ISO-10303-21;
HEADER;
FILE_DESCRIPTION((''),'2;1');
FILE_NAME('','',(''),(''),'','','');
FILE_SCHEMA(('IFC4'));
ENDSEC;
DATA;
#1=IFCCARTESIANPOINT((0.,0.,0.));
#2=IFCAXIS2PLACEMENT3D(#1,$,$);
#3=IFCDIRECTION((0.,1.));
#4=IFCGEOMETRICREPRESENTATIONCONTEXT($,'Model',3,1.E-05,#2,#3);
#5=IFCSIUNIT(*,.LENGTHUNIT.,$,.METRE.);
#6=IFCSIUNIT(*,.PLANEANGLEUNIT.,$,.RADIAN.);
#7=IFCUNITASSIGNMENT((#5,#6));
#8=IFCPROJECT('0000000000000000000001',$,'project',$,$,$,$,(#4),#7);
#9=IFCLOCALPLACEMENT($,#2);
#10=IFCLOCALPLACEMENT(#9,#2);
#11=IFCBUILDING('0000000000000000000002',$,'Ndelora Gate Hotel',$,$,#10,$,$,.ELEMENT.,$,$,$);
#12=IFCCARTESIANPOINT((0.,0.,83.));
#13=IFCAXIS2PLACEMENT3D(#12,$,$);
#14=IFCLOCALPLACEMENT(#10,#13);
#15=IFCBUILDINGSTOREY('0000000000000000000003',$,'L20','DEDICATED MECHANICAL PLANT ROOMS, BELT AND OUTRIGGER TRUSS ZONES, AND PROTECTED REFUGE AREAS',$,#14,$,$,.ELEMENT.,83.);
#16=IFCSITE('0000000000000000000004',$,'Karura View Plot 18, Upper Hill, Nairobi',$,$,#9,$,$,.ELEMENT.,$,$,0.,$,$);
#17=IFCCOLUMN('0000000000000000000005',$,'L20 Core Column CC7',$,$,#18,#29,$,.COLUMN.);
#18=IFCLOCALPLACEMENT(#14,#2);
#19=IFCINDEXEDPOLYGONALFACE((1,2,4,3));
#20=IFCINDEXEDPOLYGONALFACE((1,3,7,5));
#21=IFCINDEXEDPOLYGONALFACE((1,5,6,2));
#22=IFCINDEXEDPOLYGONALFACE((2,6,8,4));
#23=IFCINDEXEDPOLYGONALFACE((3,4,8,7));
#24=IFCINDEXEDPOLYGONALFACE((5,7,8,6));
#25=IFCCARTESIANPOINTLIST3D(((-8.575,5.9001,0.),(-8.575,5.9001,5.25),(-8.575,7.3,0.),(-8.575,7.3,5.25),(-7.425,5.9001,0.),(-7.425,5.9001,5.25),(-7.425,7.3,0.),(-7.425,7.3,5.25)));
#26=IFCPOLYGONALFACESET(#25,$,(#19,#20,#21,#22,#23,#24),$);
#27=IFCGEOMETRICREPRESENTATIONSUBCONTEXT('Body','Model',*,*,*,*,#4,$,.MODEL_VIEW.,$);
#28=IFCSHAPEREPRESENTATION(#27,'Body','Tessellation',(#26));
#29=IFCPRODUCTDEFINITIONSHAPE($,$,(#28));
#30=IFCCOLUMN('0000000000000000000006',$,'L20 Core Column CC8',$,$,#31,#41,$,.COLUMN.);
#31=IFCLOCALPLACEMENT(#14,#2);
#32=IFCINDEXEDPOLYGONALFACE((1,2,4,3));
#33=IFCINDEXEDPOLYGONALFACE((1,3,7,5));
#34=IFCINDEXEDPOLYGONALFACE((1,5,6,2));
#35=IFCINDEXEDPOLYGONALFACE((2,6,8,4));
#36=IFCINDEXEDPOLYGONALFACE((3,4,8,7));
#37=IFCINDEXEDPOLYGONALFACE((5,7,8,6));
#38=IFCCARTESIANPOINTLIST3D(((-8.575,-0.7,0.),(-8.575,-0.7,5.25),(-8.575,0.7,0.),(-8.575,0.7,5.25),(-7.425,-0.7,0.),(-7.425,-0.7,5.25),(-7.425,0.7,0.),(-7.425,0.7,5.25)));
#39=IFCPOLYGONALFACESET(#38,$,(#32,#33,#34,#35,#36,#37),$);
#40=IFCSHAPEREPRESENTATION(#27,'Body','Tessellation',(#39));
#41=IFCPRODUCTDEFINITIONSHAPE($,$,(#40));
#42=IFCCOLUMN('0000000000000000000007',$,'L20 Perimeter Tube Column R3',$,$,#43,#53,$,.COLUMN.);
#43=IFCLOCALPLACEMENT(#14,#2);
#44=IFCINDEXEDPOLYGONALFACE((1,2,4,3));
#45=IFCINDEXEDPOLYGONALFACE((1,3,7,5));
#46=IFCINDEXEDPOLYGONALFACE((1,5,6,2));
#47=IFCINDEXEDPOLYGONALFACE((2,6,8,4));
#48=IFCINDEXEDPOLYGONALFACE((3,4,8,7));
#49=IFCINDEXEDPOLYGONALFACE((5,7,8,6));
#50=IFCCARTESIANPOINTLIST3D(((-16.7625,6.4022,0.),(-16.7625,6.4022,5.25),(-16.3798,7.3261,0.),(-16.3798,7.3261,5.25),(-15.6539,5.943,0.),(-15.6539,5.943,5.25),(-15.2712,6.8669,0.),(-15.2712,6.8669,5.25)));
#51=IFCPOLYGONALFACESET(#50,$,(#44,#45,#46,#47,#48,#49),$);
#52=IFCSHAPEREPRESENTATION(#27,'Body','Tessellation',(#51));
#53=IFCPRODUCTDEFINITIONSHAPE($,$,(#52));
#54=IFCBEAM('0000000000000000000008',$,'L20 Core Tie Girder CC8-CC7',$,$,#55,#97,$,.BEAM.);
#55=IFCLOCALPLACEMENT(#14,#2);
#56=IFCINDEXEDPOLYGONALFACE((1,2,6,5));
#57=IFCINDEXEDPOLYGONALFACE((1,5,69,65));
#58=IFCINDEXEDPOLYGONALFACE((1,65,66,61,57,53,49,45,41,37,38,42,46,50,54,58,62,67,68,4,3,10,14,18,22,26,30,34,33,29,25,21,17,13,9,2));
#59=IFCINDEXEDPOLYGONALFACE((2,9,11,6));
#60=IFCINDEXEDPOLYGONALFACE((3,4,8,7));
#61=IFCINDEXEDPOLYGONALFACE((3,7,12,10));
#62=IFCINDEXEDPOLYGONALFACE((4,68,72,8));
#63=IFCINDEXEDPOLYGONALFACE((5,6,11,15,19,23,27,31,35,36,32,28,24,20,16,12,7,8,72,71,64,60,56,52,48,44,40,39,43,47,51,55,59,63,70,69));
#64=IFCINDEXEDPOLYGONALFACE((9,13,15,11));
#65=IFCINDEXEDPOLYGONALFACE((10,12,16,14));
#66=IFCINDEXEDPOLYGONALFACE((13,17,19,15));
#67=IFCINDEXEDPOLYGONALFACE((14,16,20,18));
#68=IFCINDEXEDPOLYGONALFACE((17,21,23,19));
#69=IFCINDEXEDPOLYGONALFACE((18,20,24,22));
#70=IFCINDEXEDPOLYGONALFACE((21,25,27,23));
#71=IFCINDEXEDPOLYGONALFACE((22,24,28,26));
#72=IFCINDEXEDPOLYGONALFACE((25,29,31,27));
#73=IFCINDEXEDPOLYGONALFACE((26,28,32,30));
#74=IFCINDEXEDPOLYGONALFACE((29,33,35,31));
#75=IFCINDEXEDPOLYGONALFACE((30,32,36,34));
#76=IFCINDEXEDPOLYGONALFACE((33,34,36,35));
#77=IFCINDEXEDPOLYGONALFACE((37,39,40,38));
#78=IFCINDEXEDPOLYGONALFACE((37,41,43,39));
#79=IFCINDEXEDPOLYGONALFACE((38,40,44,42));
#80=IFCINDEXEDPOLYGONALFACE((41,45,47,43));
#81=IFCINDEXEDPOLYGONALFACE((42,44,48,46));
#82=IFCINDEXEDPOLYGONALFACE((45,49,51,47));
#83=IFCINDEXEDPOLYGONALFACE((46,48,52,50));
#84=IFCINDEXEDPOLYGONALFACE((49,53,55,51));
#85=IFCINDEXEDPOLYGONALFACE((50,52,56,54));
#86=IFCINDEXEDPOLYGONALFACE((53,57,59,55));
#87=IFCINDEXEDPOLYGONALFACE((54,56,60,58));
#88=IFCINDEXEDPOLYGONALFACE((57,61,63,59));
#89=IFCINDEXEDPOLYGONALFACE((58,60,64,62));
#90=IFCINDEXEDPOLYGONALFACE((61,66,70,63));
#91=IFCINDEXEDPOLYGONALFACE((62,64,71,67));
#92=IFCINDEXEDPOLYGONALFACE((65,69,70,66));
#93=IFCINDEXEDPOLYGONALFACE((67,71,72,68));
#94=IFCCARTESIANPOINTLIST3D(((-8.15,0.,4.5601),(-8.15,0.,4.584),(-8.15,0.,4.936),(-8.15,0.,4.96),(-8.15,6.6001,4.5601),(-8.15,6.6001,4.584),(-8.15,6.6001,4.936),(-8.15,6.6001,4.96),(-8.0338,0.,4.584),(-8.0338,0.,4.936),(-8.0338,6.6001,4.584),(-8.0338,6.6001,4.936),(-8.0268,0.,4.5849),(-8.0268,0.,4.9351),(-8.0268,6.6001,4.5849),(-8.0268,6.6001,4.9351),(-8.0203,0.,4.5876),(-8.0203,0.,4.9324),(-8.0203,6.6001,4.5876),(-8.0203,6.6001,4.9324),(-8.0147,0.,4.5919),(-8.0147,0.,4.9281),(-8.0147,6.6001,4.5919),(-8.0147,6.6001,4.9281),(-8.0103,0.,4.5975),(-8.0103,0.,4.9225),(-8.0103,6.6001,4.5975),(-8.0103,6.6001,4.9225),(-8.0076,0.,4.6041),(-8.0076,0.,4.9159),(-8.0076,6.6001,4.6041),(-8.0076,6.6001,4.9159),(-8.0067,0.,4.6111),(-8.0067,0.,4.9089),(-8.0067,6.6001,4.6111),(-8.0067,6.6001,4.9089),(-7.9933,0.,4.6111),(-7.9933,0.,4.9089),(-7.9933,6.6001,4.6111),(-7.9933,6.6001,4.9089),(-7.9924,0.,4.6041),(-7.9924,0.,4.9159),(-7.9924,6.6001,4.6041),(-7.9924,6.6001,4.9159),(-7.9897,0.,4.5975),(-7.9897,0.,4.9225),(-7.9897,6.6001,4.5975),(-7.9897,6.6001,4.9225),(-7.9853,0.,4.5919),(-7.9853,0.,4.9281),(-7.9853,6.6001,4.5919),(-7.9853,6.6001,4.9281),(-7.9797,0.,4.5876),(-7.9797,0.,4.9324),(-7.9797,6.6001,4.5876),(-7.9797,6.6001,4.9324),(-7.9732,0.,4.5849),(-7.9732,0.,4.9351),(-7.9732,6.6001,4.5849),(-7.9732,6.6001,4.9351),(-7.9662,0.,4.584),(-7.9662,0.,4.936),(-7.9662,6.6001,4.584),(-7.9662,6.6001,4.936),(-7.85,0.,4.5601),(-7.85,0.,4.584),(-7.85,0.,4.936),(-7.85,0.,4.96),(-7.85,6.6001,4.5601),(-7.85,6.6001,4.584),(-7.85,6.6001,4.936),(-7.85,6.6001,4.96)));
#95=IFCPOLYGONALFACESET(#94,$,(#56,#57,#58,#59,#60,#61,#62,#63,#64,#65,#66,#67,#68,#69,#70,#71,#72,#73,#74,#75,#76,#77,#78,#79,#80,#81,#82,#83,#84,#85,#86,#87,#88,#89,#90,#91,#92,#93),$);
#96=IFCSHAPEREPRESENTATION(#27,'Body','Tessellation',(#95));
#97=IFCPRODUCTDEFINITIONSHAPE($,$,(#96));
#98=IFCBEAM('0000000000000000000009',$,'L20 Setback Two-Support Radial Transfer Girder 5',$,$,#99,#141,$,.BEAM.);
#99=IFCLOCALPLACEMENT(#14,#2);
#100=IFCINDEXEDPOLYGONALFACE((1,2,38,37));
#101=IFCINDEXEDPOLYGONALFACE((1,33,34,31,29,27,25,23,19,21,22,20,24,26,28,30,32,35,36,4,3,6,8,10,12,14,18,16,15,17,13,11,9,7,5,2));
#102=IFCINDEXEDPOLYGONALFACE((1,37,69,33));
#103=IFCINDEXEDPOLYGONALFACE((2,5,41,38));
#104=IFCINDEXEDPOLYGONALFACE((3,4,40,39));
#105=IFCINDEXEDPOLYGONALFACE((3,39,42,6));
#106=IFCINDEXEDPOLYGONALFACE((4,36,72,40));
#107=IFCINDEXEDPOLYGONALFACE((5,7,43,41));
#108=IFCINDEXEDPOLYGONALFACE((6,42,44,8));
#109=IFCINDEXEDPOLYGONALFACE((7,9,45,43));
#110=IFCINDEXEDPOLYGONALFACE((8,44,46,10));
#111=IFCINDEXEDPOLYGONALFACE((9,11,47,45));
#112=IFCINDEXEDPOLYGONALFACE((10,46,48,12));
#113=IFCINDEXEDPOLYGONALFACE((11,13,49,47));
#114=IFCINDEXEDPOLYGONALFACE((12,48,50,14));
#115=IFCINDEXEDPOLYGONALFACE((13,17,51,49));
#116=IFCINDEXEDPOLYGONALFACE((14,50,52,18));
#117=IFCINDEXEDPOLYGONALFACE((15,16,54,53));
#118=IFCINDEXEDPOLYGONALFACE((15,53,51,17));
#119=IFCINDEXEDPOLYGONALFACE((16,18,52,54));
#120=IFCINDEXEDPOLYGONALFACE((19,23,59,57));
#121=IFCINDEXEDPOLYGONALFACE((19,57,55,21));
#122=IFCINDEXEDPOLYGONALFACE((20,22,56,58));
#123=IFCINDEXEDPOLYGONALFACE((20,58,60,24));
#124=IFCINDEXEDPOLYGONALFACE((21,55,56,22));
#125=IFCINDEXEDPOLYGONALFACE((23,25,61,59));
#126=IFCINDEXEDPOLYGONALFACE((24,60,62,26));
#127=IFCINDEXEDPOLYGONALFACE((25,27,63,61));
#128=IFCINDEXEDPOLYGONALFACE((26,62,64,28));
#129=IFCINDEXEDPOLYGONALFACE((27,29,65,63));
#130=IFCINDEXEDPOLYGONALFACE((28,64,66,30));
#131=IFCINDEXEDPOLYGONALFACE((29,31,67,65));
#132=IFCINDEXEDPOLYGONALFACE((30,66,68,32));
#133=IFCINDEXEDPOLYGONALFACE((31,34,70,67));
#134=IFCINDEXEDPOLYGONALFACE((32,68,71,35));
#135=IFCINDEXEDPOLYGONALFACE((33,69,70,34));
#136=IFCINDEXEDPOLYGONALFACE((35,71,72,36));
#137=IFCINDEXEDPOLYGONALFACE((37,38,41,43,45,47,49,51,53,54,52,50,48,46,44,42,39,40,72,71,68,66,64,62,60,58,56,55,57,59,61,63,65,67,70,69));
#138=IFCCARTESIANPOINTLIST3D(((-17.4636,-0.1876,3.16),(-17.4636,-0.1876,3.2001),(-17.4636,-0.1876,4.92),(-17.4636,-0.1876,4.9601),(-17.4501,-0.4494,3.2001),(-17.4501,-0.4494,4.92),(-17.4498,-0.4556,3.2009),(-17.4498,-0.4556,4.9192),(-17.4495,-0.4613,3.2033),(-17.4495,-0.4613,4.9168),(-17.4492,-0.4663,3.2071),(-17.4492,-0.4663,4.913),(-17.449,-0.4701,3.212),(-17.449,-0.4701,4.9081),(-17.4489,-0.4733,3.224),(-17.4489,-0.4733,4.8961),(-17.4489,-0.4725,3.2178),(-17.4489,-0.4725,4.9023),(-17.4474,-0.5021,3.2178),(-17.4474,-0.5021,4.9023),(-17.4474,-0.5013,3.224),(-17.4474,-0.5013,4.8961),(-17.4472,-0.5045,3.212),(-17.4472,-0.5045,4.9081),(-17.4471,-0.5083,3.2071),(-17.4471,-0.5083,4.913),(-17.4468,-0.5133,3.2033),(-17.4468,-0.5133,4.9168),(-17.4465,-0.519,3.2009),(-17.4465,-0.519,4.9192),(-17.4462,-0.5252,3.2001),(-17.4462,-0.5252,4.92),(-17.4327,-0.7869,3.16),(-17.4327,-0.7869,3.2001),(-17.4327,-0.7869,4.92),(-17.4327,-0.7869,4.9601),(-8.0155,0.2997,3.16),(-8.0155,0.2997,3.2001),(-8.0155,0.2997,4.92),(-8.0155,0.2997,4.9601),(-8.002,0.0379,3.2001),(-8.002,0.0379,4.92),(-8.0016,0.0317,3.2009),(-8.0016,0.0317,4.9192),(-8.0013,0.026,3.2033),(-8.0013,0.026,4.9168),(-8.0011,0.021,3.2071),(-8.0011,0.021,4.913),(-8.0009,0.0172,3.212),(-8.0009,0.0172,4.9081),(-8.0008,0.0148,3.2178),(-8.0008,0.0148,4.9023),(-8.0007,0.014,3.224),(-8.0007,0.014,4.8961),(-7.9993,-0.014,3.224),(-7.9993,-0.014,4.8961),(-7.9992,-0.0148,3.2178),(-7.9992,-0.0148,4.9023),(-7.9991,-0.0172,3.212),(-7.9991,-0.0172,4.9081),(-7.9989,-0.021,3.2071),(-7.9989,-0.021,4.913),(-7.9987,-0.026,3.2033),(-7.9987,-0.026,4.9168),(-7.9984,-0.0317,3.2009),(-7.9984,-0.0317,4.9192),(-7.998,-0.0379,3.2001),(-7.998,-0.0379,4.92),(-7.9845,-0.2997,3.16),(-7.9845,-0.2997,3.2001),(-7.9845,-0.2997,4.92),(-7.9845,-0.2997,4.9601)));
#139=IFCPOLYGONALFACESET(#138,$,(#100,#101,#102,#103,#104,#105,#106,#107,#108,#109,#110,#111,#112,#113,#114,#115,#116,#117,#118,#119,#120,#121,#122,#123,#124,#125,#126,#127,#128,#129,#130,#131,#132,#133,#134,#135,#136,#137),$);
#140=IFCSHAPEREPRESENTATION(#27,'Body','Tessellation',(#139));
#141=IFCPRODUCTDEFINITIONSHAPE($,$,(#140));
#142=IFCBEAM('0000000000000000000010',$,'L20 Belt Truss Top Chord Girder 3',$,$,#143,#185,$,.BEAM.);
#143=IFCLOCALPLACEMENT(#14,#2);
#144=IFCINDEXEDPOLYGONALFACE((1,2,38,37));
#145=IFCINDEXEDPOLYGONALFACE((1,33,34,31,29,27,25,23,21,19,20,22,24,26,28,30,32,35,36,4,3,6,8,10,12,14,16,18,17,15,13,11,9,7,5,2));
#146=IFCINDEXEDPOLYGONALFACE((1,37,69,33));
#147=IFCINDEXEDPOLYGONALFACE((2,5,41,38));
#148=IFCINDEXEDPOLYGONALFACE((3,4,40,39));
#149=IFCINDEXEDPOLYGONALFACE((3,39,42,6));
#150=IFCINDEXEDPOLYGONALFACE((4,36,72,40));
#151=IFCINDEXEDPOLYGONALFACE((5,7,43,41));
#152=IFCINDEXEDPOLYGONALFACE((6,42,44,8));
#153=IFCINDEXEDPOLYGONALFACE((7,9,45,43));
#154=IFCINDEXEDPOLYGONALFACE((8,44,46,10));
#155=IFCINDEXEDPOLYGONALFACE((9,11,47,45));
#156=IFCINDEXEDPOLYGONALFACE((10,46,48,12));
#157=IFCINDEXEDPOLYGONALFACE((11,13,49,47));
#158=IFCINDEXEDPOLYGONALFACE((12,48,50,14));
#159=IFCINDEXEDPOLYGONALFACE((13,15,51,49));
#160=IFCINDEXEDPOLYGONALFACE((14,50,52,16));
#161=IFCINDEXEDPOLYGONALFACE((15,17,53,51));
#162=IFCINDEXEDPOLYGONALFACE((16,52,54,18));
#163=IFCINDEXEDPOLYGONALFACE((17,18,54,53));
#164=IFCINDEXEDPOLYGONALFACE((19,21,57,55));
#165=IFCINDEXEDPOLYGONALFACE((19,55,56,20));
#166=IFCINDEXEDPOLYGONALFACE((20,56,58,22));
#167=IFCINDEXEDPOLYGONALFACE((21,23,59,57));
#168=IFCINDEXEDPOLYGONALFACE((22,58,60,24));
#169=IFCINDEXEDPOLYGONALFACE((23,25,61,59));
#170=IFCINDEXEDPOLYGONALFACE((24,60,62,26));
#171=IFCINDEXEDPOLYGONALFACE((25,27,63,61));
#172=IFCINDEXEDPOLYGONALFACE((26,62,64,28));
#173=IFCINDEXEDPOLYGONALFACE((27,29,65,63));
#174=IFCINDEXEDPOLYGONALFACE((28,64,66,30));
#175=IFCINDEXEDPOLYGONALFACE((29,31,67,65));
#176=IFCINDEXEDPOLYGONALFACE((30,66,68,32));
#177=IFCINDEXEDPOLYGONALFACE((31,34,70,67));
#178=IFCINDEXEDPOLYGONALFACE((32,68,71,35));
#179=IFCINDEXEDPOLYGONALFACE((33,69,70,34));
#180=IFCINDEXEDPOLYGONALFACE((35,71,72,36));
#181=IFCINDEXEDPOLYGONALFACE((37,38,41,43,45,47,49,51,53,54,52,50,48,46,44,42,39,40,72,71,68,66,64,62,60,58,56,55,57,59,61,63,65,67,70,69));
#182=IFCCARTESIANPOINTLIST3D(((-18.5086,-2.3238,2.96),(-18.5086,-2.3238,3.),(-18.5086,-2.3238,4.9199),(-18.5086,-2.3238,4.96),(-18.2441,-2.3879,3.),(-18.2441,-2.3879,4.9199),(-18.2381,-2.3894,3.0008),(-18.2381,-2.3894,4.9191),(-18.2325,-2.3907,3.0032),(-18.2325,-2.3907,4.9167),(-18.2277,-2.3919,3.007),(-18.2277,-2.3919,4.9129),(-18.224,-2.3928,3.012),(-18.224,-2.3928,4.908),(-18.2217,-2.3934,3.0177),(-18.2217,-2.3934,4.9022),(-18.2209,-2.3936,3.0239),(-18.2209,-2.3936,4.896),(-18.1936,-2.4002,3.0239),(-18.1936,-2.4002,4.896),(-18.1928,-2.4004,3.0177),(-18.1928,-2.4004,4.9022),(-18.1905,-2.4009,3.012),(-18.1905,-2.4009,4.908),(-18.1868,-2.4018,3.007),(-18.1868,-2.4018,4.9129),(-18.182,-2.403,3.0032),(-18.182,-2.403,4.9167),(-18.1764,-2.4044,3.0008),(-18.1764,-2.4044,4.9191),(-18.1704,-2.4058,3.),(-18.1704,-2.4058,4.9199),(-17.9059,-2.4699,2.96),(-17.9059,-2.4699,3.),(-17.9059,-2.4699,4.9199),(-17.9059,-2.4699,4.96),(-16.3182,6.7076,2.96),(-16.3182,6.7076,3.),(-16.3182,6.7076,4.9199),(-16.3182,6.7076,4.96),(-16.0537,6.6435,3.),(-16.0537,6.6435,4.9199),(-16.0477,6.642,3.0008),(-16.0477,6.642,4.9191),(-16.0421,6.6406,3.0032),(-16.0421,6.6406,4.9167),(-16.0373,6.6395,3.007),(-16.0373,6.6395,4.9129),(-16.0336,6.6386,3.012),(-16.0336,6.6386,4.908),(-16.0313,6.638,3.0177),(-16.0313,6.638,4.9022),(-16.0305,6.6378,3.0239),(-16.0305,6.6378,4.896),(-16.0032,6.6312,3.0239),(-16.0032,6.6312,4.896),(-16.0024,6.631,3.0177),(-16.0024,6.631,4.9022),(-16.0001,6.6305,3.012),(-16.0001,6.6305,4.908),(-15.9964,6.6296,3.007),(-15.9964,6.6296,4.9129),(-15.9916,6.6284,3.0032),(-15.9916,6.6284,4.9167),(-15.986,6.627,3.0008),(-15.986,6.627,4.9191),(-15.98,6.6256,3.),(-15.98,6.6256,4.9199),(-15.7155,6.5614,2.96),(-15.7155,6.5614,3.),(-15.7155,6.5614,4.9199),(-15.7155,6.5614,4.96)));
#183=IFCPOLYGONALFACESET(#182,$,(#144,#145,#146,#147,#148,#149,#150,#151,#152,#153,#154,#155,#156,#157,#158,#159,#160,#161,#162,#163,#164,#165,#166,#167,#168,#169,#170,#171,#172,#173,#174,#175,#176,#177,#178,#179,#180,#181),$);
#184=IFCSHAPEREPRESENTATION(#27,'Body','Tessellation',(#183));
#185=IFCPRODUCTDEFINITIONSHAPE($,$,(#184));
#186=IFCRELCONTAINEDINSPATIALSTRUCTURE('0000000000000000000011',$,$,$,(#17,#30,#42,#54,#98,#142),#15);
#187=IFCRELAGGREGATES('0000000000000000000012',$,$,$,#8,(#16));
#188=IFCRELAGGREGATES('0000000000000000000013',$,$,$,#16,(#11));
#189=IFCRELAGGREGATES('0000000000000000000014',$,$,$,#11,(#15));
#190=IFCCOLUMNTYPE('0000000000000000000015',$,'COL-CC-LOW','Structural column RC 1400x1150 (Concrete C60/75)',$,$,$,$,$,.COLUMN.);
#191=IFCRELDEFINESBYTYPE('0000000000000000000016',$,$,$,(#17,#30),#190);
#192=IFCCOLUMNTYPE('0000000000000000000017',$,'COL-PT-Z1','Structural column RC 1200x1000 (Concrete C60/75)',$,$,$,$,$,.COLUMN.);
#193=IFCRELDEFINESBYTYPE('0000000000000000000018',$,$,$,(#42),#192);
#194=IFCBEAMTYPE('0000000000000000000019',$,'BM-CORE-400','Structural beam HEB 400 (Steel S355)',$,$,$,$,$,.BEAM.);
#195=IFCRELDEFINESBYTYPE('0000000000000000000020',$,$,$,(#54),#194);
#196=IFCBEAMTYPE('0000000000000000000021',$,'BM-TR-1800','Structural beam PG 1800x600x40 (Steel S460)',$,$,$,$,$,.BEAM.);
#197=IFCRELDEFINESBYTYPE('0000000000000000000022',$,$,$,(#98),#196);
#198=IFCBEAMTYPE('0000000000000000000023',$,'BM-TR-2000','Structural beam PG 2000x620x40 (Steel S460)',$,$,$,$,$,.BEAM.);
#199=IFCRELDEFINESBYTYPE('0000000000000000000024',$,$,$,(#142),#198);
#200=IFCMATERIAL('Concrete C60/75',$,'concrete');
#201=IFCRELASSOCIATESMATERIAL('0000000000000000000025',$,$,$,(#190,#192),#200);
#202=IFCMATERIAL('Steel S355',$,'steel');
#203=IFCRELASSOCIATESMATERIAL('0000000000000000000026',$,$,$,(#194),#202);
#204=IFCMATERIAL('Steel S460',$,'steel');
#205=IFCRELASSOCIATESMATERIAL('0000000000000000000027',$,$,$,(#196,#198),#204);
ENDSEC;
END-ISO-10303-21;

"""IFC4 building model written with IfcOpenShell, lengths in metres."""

from ifc_helpers import new_model, si_unit, direction, frame, origin, origin_2d, place, context, subcontext, project, spatial, rectangle, i_section, extrude, material, material_profile, profile_set, type_object, element, save


model = new_model("IFC4")

# Units and contexts
model_context = context("Model", 3, precision=1e-05, world=origin(), true_north=direction((0.0, 1.0)))
body_context = subcontext(model_context, "Body", "Model", "MODEL_VIEW")
ifc_project = project(units=[si_unit("LENGTHUNIT", "METRE"), si_unit("PLANEANGLEUNIT", "RADIAN")], contexts=[model_context])

# Site, building, storey
site_placement = place(None, origin())
site = spatial("IfcSite", under=ifc_project, at=site_placement, Name="Karura View Plot 18, Upper Hill, Nairobi", CompositionType="ELEMENT", RefElevation=0.0)
building_placement = place(site_placement, origin())
building = spatial("IfcBuilding", under=site, at=building_placement, Name="Ndelora Gate Hotel", CompositionType="ELEMENT")
storey_placement = place(building_placement, frame((0.0, 0.0, 83.0)))
storey = spatial("IfcBuildingStorey", under=building, at=storey_placement, Name="L20", Description="DEDICATED MECHANICAL PLANT ROOMS, BELT AND OUTRIGGER TRUSS ZONES, AND PROTECTED REFUGE AREAS", CompositionType="ELEMENT", Elevation=83.0)

# Columns
ifc_material_1 = material(Name="Concrete C60/75", Category="concrete")
ifc_material_profile_1 = material_profile(ifc_material_1, rectangle(XDim=1.1499, YDim=1.3999, at=origin_2d()), Name="RC 1400x1150")
ifc_profile_set_1 = profile_set([ifc_material_profile_1], Name="Concrete C60/75")
column_type_1 = type_object("IfcColumnType", Name="COL-CC-LOW", Description="Structural column RC 1400x1150 (Concrete C60/75)", PredefinedType="COLUMN", material=ifc_profile_set_1)
for number, where, z_axis, x_axis, name in (
    (1, (-8.0, 6.6001, 0.0), (0.0, 0.0, 1.0), (1.0, 0.0, 0.0), "L20 Core Column CC7"),
    (2, (-8.0, 0.0, 0.0), (0.0, 0.0, 1.0), (1.0, 0.0, 0.0), "L20 Core Column CC8"),
):
    element("IfcColumn", number, at=place(storey_placement, frame(where, z_axis=z_axis, x_axis=x_axis)), inside=storey, type_object=column_type_1, Name=name, PredefinedType="COLUMN", context=body_context, shape_type="SweptSolid", body=[
        extrude(rectangle(XDim=1.1499, YDim=1.3999, at=origin_2d()), origin(), (0.0, 0.0, 1.0), 5.25),
    ])
ifc_material_profile_2 = material_profile(ifc_material_1, rectangle(XDim=1.0, YDim=1.2, at=origin_2d()), Name="RC 1200x1000")
ifc_profile_set_2 = profile_set([ifc_material_profile_2], Name="Concrete C60/75")
column_type_2 = type_object("IfcColumnType", Name="COL-PT-Z1", Description="Structural column RC 1200x1000 (Concrete C60/75)", PredefinedType="COLUMN", material=ifc_profile_set_2)
column_placement = place(storey_placement, frame((-16.0168, 6.6345, 0.0), z_axis=(0.0, 0.0, 1.0), x_axis=(0.382683, 0.92388, 0.0)))
element("IfcColumn", 3, at=column_placement, inside=storey, type_object=column_type_2, Name="L20 Perimeter Tube Column R3", PredefinedType="COLUMN", context=body_context, shape_type="SweptSolid", body=[
    extrude(rectangle(XDim=1.0, YDim=1.2, at=origin_2d()), origin(), (0.0, 0.0, 1.0), 5.25),
])

# Beams
ifc_material_2 = material(Name="Steel S355", Category="steel")
ifc_material_profile_3 = material_profile(ifc_material_2, i_section(OverallWidth=0.3, OverallDepth=0.3999, WebThickness=0.0134, FlangeThickness=0.0239, FilletRadius=0.0271, at=origin_2d()), Name="HEB 400")
ifc_profile_set_3 = profile_set([ifc_material_profile_3], Name="Steel S355")
beam_type_1 = type_object("IfcBeamType", Name="BM-CORE-400", Description="Structural beam HEB 400 (Steel S355)", PredefinedType="BEAM", material=ifc_profile_set_3)
beam_1_placement = place(storey_placement, frame((-8.0, 0.0, 4.76), z_axis=(0.0, 1.0, 0.0), x_axis=(-1.0, 0.0, 0.0)))
element("IfcBeam", 4, at=beam_1_placement, inside=storey, type_object=beam_type_1, Name="L20 Core Tie Girder CC8-CC7", PredefinedType="BEAM", context=body_context, shape_type="SweptSolid", body=[
    extrude(i_section(OverallWidth=0.3, OverallDepth=0.3999, WebThickness=0.0134, FlangeThickness=0.0239, FilletRadius=0.0271, at=origin_2d()), origin(), (0.0, 0.0, 1.0), 6.6001),
])
ifc_material_3 = material(Name="Steel S460", Category="steel")
ifc_material_profile_4 = material_profile(ifc_material_3, i_section(OverallWidth=0.6001, OverallDepth=1.8, WebThickness=0.0281, FlangeThickness=0.04, FilletRadius=0.0239, at=origin_2d()), Name="PG 1800x600x40")
ifc_profile_set_4 = profile_set([ifc_material_profile_4], Name="Steel S460")
beam_type_2 = type_object("IfcBeamType", Name="BM-TR-1800", Description="Structural beam PG 1800x600x40 (Steel S460)", PredefinedType="BEAM", material=ifc_profile_set_4)
beam_2_placement = place(storey_placement, frame((-8.0, 0.0, 4.0601), z_axis=(-0.998673, -0.051508, 0.0), x_axis=(0.051508, -0.998673, 0.0)))
element("IfcBeam", 5, at=beam_2_placement, inside=storey, type_object=beam_type_2, Name="L20 Setback Two-Support Radial Transfer Girder 5", PredefinedType="BEAM", context=body_context, shape_type="SweptSolid", body=[
    extrude(i_section(OverallWidth=0.6001, OverallDepth=1.8, WebThickness=0.0281, FlangeThickness=0.04, FilletRadius=0.0239, at=origin_2d()), origin(), (0.0, 0.0, 1.0), 9.4607),
])
ifc_material_profile_5 = material_profile(ifc_material_3, i_section(OverallWidth=0.6201, OverallDepth=2.0, WebThickness=0.0281, FlangeThickness=0.04, FilletRadius=0.0239, at=origin_2d()), Name="PG 2000x620x40")
ifc_profile_set_5 = profile_set([ifc_material_profile_5], Name="Steel S460")
beam_type_3 = type_object("IfcBeamType", Name="BM-TR-2000", Description="Structural beam PG 2000x620x40 (Steel S460)", PredefinedType="BEAM", material=ifc_profile_set_5)
beam_3_placement = place(storey_placement, frame((-16.0168, 6.6345, 3.96), z_axis=(-0.235699, -0.971826, 0.0), x_axis=(0.971826, -0.235699, 0.0)))
element("IfcBeam", 6, at=beam_3_placement, inside=storey, type_object=beam_type_3, Name="L20 Belt Truss Top Chord Girder 3", PredefinedType="BEAM", context=body_context, shape_type="SweptSolid", body=[
    extrude(i_section(OverallWidth=0.6201, OverallDepth=2.0, WebThickness=0.0281, FlangeThickness=0.04, FilletRadius=0.0239, at=origin_2d()), origin(), (0.0, 0.0, 1.0), 9.2932),
])

save(model, "model.ifc")
